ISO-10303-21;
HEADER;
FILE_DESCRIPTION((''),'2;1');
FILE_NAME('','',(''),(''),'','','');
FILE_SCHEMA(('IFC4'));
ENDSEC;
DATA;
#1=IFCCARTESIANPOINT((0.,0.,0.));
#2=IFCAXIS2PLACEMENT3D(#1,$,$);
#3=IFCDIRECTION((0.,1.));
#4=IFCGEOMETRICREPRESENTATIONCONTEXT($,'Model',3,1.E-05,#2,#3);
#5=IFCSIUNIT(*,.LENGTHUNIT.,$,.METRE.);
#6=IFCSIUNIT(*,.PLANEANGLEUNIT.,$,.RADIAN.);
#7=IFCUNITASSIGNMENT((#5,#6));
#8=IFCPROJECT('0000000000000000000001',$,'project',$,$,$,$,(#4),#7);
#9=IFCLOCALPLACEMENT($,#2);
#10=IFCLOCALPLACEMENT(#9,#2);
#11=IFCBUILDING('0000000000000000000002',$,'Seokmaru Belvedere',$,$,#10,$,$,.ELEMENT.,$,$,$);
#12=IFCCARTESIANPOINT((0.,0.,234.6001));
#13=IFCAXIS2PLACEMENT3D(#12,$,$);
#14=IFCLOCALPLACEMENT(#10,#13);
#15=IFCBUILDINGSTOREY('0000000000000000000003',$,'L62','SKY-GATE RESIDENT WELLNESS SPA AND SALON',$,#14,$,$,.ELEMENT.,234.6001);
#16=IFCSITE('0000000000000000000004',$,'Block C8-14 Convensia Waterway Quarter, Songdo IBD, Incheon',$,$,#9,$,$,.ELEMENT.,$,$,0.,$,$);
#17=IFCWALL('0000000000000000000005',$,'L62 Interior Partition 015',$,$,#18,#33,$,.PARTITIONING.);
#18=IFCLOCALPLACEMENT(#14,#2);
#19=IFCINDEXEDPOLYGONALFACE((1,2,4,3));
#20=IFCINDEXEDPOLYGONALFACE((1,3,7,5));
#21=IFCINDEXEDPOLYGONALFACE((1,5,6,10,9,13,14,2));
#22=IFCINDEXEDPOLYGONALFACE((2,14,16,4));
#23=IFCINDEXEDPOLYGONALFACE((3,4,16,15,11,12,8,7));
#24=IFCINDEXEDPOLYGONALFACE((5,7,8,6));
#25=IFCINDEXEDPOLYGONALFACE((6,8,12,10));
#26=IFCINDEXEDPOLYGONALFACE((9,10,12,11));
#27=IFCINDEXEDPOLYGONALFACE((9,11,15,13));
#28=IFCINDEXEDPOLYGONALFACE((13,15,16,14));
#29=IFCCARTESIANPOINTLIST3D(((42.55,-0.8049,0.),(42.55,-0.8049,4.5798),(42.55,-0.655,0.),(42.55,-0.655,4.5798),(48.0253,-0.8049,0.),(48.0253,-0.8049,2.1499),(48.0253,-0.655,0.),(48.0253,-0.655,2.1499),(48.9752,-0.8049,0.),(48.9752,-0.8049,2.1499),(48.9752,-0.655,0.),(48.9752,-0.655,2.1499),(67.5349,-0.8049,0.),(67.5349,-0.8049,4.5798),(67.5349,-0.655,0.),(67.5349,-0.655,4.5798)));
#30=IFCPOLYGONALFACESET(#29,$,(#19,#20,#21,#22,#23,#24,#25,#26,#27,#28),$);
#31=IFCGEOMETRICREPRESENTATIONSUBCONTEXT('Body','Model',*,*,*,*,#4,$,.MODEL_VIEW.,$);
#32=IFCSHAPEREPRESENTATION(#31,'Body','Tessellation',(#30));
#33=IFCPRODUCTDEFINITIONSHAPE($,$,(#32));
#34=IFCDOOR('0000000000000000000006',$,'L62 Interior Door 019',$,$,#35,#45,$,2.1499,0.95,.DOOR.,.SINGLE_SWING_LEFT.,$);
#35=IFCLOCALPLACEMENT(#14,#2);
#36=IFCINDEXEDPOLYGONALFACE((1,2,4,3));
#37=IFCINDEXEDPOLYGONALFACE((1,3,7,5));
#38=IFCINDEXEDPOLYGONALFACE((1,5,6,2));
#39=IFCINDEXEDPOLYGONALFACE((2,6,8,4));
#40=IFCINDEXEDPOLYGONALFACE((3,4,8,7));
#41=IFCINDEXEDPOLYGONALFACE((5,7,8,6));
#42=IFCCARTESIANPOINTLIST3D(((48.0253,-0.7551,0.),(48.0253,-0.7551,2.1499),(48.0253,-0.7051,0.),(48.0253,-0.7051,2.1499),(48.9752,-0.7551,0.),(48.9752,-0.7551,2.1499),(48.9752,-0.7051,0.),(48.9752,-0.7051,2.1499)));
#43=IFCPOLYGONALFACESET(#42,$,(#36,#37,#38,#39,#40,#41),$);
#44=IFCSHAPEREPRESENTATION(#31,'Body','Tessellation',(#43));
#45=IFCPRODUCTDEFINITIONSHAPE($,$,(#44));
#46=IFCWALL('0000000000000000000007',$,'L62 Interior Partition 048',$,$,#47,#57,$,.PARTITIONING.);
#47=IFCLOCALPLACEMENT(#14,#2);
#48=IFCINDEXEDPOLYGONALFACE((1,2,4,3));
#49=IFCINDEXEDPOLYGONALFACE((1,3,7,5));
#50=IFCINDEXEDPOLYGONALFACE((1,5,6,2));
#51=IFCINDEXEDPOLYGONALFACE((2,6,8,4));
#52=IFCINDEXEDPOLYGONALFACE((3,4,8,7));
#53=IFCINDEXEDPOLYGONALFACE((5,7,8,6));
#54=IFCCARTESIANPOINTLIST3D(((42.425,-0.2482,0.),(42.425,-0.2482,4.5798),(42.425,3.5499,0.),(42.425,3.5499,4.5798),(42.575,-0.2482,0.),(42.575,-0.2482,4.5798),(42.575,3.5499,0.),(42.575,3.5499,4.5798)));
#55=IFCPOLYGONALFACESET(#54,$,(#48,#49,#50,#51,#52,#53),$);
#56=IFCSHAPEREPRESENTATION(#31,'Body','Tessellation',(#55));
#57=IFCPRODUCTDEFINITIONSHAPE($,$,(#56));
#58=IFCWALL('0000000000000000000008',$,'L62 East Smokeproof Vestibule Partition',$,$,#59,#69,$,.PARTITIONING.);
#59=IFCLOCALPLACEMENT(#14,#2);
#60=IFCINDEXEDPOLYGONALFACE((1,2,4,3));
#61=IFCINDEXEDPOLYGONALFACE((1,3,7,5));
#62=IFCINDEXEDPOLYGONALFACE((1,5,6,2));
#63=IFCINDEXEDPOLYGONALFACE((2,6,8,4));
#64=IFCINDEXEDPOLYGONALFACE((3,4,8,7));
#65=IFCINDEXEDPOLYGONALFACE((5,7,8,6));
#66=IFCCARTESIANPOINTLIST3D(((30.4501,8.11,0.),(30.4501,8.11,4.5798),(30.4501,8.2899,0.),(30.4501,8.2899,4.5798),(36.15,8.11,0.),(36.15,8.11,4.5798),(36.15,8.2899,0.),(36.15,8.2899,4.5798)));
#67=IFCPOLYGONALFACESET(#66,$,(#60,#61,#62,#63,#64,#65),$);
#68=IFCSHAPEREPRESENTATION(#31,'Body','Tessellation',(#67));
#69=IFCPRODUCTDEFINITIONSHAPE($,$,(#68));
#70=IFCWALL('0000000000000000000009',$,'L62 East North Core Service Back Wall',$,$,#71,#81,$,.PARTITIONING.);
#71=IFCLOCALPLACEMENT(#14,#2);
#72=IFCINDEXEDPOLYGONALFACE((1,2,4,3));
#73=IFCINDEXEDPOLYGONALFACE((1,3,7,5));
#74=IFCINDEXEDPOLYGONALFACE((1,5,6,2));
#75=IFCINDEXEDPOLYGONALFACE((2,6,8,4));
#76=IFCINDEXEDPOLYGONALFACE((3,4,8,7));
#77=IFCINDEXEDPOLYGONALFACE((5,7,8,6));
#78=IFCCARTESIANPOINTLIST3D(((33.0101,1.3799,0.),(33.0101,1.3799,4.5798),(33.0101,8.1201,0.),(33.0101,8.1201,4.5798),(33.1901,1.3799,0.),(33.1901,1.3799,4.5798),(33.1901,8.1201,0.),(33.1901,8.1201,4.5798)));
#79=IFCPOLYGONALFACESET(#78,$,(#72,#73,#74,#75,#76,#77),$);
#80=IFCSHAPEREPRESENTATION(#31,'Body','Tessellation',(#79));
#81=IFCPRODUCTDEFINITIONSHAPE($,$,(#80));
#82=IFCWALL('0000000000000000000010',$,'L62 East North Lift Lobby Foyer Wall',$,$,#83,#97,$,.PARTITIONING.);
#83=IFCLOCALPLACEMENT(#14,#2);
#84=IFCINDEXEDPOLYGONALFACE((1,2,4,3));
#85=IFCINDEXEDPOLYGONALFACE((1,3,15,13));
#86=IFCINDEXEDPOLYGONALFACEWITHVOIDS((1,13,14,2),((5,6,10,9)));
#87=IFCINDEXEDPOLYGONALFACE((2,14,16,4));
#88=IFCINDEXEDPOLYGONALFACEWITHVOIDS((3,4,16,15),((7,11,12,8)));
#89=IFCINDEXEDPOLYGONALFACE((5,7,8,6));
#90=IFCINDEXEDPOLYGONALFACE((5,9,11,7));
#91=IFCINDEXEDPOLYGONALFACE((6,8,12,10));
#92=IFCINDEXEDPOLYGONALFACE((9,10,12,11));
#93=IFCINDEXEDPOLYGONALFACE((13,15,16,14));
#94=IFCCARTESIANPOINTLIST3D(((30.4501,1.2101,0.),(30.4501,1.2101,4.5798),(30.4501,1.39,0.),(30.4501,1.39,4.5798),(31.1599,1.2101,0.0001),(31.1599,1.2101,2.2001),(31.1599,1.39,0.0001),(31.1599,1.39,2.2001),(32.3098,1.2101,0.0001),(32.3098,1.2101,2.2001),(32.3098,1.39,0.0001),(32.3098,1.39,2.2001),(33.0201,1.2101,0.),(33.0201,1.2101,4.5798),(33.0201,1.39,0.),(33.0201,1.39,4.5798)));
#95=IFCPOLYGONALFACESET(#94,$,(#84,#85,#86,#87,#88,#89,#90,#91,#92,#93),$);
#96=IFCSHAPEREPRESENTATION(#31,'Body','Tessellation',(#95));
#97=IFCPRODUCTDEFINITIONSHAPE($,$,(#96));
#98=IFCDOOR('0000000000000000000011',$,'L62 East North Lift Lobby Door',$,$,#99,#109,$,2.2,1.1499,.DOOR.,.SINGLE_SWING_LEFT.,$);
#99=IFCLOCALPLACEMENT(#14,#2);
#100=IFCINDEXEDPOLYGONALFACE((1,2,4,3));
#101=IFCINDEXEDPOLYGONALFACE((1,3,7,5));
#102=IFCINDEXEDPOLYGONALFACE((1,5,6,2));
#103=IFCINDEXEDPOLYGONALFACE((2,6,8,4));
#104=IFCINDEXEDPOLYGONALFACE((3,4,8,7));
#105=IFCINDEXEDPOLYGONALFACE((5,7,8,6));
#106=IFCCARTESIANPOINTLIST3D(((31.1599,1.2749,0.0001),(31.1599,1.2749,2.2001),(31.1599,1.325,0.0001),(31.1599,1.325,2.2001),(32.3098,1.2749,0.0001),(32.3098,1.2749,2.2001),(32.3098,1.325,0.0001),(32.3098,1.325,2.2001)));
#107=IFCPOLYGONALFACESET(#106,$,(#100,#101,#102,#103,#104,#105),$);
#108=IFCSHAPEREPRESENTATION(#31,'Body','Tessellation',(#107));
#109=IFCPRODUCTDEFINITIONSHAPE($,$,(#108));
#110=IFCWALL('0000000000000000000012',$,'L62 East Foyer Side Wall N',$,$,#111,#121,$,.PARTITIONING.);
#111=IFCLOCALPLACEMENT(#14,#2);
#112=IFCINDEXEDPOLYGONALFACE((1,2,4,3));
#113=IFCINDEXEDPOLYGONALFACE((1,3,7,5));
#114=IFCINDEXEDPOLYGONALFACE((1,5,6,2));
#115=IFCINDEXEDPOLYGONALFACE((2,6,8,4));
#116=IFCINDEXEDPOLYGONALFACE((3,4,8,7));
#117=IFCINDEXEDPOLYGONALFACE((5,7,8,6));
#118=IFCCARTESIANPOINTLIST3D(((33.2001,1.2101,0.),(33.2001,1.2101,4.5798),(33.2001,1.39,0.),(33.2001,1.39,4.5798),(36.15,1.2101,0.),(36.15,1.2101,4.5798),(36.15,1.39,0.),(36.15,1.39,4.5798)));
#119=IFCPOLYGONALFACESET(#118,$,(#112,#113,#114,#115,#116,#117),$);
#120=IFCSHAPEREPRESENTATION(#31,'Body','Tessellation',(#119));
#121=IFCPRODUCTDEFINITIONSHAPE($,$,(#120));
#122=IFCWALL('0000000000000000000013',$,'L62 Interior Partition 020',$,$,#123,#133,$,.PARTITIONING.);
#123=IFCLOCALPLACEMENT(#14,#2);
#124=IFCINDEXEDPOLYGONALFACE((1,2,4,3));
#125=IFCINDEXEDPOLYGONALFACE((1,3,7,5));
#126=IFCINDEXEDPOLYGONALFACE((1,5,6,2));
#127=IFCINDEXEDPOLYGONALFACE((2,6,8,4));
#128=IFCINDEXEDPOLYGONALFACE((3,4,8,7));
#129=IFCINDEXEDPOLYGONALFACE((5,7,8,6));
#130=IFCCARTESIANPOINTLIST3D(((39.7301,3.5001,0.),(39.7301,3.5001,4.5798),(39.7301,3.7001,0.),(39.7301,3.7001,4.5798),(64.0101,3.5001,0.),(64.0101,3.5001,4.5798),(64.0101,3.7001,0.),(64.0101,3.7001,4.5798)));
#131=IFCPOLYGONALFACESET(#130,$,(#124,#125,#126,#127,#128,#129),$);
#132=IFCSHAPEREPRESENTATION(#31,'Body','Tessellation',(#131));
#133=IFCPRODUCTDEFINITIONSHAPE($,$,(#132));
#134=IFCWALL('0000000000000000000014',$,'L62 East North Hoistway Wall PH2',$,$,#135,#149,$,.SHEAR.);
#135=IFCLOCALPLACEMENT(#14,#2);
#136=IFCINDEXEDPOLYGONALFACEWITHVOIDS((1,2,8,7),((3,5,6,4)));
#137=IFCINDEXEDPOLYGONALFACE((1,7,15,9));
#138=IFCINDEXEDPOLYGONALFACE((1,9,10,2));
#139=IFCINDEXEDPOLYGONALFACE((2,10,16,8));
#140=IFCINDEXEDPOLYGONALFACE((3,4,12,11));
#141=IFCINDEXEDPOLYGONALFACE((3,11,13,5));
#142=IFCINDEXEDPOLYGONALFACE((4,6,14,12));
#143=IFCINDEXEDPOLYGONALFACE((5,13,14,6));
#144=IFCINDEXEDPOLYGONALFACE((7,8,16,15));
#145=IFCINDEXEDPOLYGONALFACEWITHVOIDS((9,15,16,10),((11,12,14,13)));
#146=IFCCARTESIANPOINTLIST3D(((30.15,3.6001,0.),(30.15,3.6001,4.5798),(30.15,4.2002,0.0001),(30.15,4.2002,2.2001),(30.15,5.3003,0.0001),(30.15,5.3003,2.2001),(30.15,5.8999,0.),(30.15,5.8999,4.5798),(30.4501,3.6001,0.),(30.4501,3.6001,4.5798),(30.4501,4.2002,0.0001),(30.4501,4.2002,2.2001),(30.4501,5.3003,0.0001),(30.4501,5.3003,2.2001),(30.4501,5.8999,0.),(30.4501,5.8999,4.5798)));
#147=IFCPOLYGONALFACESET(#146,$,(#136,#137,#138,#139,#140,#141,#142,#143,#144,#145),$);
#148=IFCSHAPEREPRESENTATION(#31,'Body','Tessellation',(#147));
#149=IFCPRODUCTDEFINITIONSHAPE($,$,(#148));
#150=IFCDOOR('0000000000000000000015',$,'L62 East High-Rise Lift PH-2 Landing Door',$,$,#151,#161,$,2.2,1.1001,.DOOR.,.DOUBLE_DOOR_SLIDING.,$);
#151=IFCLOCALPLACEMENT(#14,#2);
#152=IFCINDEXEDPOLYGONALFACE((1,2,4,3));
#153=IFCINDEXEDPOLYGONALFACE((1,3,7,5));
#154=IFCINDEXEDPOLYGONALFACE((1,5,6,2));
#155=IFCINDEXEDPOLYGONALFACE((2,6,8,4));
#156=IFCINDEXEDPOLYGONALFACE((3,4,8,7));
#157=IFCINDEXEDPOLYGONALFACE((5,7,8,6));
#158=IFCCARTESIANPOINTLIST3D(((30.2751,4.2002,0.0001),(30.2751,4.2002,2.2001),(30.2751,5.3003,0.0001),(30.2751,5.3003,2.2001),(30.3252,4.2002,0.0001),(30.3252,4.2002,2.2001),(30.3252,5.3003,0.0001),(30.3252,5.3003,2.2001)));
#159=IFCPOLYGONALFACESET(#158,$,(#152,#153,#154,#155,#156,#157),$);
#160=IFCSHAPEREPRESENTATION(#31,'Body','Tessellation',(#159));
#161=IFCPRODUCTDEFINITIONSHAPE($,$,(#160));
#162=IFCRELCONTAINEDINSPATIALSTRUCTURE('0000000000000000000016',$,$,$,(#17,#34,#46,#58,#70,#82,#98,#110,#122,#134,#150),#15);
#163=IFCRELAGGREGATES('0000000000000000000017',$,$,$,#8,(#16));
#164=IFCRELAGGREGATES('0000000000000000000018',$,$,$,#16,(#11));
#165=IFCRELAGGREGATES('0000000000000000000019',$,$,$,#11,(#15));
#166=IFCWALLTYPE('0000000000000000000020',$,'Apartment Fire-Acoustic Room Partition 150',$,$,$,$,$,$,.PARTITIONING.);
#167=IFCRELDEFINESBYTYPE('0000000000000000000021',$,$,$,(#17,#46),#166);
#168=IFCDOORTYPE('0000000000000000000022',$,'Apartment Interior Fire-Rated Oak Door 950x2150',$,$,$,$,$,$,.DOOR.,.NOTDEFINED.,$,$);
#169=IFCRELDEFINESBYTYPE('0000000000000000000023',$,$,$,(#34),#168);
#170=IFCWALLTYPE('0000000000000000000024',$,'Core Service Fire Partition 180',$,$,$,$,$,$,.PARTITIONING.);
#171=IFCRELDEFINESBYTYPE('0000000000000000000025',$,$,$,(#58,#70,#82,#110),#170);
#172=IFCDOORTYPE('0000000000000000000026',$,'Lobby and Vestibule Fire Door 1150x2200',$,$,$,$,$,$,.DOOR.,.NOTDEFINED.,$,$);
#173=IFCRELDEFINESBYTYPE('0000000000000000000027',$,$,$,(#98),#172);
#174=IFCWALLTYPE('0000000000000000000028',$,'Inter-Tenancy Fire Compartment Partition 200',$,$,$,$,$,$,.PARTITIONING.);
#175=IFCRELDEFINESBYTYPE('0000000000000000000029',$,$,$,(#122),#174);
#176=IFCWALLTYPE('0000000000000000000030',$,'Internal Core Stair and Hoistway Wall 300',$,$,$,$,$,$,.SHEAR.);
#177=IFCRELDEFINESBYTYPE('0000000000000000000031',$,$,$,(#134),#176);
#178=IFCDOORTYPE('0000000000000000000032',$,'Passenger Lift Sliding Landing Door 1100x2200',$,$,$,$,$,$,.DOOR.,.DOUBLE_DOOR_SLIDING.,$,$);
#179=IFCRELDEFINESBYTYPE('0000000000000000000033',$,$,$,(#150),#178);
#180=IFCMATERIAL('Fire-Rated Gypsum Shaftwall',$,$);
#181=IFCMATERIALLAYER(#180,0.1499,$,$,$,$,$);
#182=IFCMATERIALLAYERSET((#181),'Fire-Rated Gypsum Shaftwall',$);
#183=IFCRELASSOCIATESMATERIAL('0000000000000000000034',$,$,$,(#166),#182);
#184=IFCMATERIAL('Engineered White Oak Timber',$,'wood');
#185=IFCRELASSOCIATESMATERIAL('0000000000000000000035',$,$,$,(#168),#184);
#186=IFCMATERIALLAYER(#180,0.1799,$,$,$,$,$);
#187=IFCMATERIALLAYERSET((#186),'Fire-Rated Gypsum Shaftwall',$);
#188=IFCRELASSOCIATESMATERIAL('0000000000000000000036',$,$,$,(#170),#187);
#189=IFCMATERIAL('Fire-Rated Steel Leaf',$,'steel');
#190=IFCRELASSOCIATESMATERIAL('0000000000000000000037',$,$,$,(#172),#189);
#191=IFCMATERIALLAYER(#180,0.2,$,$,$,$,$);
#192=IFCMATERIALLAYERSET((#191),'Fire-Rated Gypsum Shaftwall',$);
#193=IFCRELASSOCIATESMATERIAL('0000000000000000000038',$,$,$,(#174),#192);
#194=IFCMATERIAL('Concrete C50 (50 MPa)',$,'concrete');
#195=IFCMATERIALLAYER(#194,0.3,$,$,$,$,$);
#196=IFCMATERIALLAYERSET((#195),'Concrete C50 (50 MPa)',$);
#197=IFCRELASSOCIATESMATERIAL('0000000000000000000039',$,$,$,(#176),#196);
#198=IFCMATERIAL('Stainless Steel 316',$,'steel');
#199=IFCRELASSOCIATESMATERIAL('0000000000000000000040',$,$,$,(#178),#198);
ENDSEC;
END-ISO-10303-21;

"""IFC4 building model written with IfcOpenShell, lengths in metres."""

from ifc_helpers import new_model, si_unit, direction, frame, frame_2d, origin, place, context, subcontext, project, spatial, rectangle, extrude, source, transform, mapped, material, layer, layer_set, type_object, type_shapes, element, fill, save


model = new_model("IFC4")

# Units and contexts
model_context = context("Model", 3, precision=1e-05, world=origin(), true_north=direction((0.0, 1.0)))
body_context = subcontext(model_context, "Body", "Model", "MODEL_VIEW")
ifc_project = project(units=[si_unit("LENGTHUNIT", "METRE"), si_unit("PLANEANGLEUNIT", "RADIAN")], contexts=[model_context])

# Site, building, storey
site_placement = place(None, origin())
site = spatial("IfcSite", under=ifc_project, at=site_placement, Name="Block C8-14 Convensia Waterway Quarter, Songdo IBD, Incheon", CompositionType="ELEMENT", RefElevation=0.0)
building_placement = place(site_placement, origin())
building = spatial("IfcBuilding", under=site, at=building_placement, Name="Seokmaru Belvedere", CompositionType="ELEMENT")
storey_placement = place(building_placement, frame((0.0, 0.0, 234.6001)))
storey = spatial("IfcBuildingStorey", under=building, at=storey_placement, Name="L62", Description="SKY-GATE RESIDENT WELLNESS SPA AND SALON", CompositionType="ELEMENT", Elevation=234.6001)

# Wall, opening, door
ifc_material_1 = material(Name="Fire-Rated Gypsum Shaftwall")
ifc_layer_1 = layer(ifc_material_1, 0.1499)
ifc_layer_set_1 = layer_set([ifc_layer_1], Name="Fire-Rated Gypsum Shaftwall")
wall_type_1 = type_object("IfcWallType", Name="Apartment Fire-Acoustic Room Partition 150", PredefinedType="PARTITIONING", material=ifc_layer_set_1)
wall_1_placement = place(storey_placement, frame((42.55, -0.73, 0.0), z_axis=(0.0, 0.0, 1.0), x_axis=(1.0, 0.0, 0.0)))
wall_1 = element("IfcWall", 1, at=wall_1_placement, inside=storey, type_object=wall_type_1, Name="L62 Interior Partition 015", PredefinedType="PARTITIONING", context=body_context, shape_type="SweptSolid", body=[
    extrude(rectangle(XDim=24.9849, YDim=0.1499, at=frame_2d((12.4924, 0.0))), origin(), (0.0, 0.0, 1.0), 4.5798),
])
opening_1_placement = place(wall_1_placement, frame((5.4751, 0.0, 0.0)))
opening_1 = element("IfcOpeningElement", 2, at=opening_1_placement, cuts=wall_1, PredefinedType="OPENING", context=body_context, shape_type="SweptSolid", body=[
    extrude(rectangle(XDim=0.95, YDim=2.1499, at=frame_2d((0.4751, 1.075))), frame((0.0, 0.085, 0.0), z_axis=(0.0, -1.0, 0.0), x_axis=(1.0, 0.0, 0.0)), (0.0, 0.0, 1.0), 0.1699),
])
ifc_material_2 = material(Name="Engineered White Oak Timber", Category="wood")
door_type_1 = type_object("IfcDoorType", Name="Apartment Interior Fire-Rated Oak Door 950x2150", OperationType="NOTDEFINED", PredefinedType="DOOR", material=ifc_material_2)
shared_shape_1 = source(origin(), body_context, "Body", "SweptSolid", [
    extrude(rectangle(XDim=0.95, YDim=2.1499, at=frame_2d((0.4751, 1.075))), frame((0.0, 0.0249, 0.0), z_axis=(0.0, -1.0, 0.0), x_axis=(1.0, 0.0, 0.0)), (0.0, 0.0, 1.0), 0.05),
])
type_shapes(door_type_1, [shared_shape_1])
door_1_placement = place(opening_1_placement, origin())
door_1 = element("IfcDoor", 3, at=door_1_placement, inside=storey, type_object=door_type_1, Name="L62 Interior Door 019", OperationType="SINGLE_SWING_LEFT", OverallHeight=2.1499, OverallWidth=0.95, PredefinedType="DOOR", context=body_context, shape_type="MappedRepresentation", body=[
    mapped(shared_shape_1, transform((0.0, 0.0, 0.0), scale=1.0)),
])
fill(opening_1, door_1)

# Walls
wall_2_placement = place(storey_placement, frame((42.5, -0.248, 0.0), z_axis=(0.0, 0.0, 1.0), x_axis=(0.0, 1.0, 0.0)))
element("IfcWall", 4, at=wall_2_placement, inside=storey, type_object=wall_type_1, Name="L62 Interior Partition 048", PredefinedType="PARTITIONING", context=body_context, shape_type="SweptSolid", body=[
    extrude(rectangle(XDim=3.7981, YDim=0.1499, at=frame_2d((1.8989, 0.0))), origin(), (0.0, 0.0, 1.0), 4.5798),
])
ifc_layer_2 = layer(ifc_material_1, 0.1799)
ifc_layer_set_2 = layer_set([ifc_layer_2], Name="Fire-Rated Gypsum Shaftwall")
wall_type_2 = type_object("IfcWallType", Name="Core Service Fire Partition 180", PredefinedType="PARTITIONING", material=ifc_layer_set_2)
wall_3_placement = place(storey_placement, frame((30.45, 8.2, 0.0), z_axis=(0.0, 0.0, 1.0), x_axis=(1.0, 0.0, 0.0)))
element("IfcWall", 5, at=wall_3_placement, inside=storey, type_object=wall_type_2, Name="L62 East Smokeproof Vestibule Partition", PredefinedType="PARTITIONING", context=body_context, shape_type="SweptSolid", body=[
    extrude(rectangle(XDim=5.7, YDim=0.1799, at=frame_2d((2.8501, 0.0))), origin(), (0.0, 0.0, 1.0), 4.5798),
])
wall_4_placement = place(storey_placement, frame((33.1001, 1.3799, 0.0), z_axis=(0.0, 0.0, 1.0), x_axis=(0.0, 1.0, 0.0)))
element("IfcWall", 6, at=wall_4_placement, inside=storey, type_object=wall_type_2, Name="L62 East North Core Service Back Wall", PredefinedType="PARTITIONING", context=body_context, shape_type="SweptSolid", body=[
    extrude(rectangle(XDim=6.7402, YDim=0.1799, at=frame_2d((3.3701, 0.0))), origin(), (0.0, 0.0, 1.0), 4.5798),
])

# Wall, opening, door
wall_5_placement = place(storey_placement, frame((30.45, 1.3, 0.0), z_axis=(0.0, 0.0, 1.0), x_axis=(1.0, 0.0, 0.0)))
wall_5 = element("IfcWall", 7, at=wall_5_placement, inside=storey, type_object=wall_type_2, Name="L62 East North Lift Lobby Foyer Wall", PredefinedType="PARTITIONING", context=body_context, shape_type="SweptSolid", body=[
    extrude(rectangle(XDim=2.5701, YDim=0.1799, at=frame_2d((1.2852, 0.0))), origin(), (0.0, 0.0, 1.0), 4.5798),
])
opening_2_placement = place(wall_5_placement, frame((0.71, 0.0, 0.0)))
opening_2 = element("IfcOpeningElement", 8, at=opening_2_placement, cuts=wall_5, PredefinedType="OPENING", context=body_context, shape_type="SweptSolid", body=[
    extrude(rectangle(XDim=1.1499, YDim=2.2, at=frame_2d((0.575, 1.1001))), frame((0.0, 0.1001, 0.0), z_axis=(0.0, -1.0, 0.0), x_axis=(1.0, 0.0, 0.0)), (0.0, 0.0, 1.0), 0.2),
])
ifc_material_3 = material(Name="Fire-Rated Steel Leaf", Category="steel")
door_type_2 = type_object("IfcDoorType", Name="Lobby and Vestibule Fire Door 1150x2200", OperationType="NOTDEFINED", PredefinedType="DOOR", material=ifc_material_3)
shared_shape_2 = source(origin(), body_context, "Body", "SweptSolid", [
    extrude(rectangle(XDim=1.1499, YDim=2.2, at=frame_2d((0.575, 1.1001))), frame((0.0, 0.0249, 0.0), z_axis=(0.0, -1.0, 0.0), x_axis=(1.0, 0.0, 0.0)), (0.0, 0.0, 1.0), 0.05),
])
type_shapes(door_type_2, [shared_shape_2])
door_2_placement = place(opening_2_placement, origin())
door_2 = element("IfcDoor", 9, at=door_2_placement, inside=storey, type_object=door_type_2, Name="L62 East North Lift Lobby Door", OperationType="SINGLE_SWING_LEFT", OverallHeight=2.2, OverallWidth=1.1499, PredefinedType="DOOR", context=body_context, shape_type="MappedRepresentation", body=[
    mapped(shared_shape_2, transform((0.0, 0.0, 0.0), scale=1.0)),
])
fill(opening_2, door_2)

# Walls
wall_6_placement = place(storey_placement, frame((33.2, 1.3, 0.0), z_axis=(0.0, 0.0, 1.0), x_axis=(1.0, 0.0, 0.0)))
element("IfcWall", 10, at=wall_6_placement, inside=storey, type_object=wall_type_2, Name="L62 East Foyer Side Wall N", PredefinedType="PARTITIONING", context=body_context, shape_type="SweptSolid", body=[
    extrude(rectangle(XDim=2.95, YDim=0.1799, at=frame_2d((1.4751, 0.0))), origin(), (0.0, 0.0, 1.0), 4.5798),
])
ifc_layer_3 = layer(ifc_material_1, 0.2)
ifc_layer_set_3 = layer_set([ifc_layer_3], Name="Fire-Rated Gypsum Shaftwall")
wall_type_3 = type_object("IfcWallType", Name="Inter-Tenancy Fire Compartment Partition 200", PredefinedType="PARTITIONING", material=ifc_layer_set_3)
wall_7_placement = place(storey_placement, frame((39.73, 3.6001, 0.0), z_axis=(0.0, 0.0, 1.0), x_axis=(1.0, 0.0, 0.0)))
element("IfcWall", 11, at=wall_7_placement, inside=storey, type_object=wall_type_3, Name="L62 Interior Partition 020", PredefinedType="PARTITIONING", context=body_context, shape_type="SweptSolid", body=[
    extrude(rectangle(XDim=24.28, YDim=0.2, at=frame_2d((12.1401, 0.0))), origin(), (0.0, 0.0, 1.0), 4.5798),
])

# Wall, opening, door
ifc_material_4 = material(Name="Concrete C50 (50 MPa)", Category="concrete")
ifc_layer_4 = layer(ifc_material_4, 0.3)
ifc_layer_set_4 = layer_set([ifc_layer_4], Name="Concrete C50 (50 MPa)")
wall_type_4 = type_object("IfcWallType", Name="Internal Core Stair and Hoistway Wall 300", PredefinedType="SHEAR", material=ifc_layer_set_4)
wall_8_placement = place(storey_placement, frame((30.3, 3.6001, 0.0), z_axis=(0.0, 0.0, 1.0), x_axis=(0.0, 1.0, 0.0)))
wall_8 = element("IfcWall", 12, at=wall_8_placement, inside=storey, type_object=wall_type_4, Name="L62 East North Hoistway Wall PH2", PredefinedType="SHEAR", context=body_context, shape_type="SweptSolid", body=[
    extrude(rectangle(XDim=2.2998, YDim=0.3, at=frame_2d((1.1499, 0.0))), origin(), (0.0, 0.0, 1.0), 4.5798),
])
opening_3_placement = place(wall_8_placement, frame((0.6001, 0.0, 0.0)))
opening_3 = element("IfcOpeningElement", 13, at=opening_3_placement, cuts=wall_8, PredefinedType="OPENING", context=body_context, shape_type="SweptSolid", body=[
    extrude(rectangle(XDim=1.1001, YDim=2.2, at=frame_2d((0.55, 1.1001))), frame((0.0, 0.1602, 0.0), z_axis=(0.0, -1.0, 0.0), x_axis=(1.0, 0.0, 0.0)), (0.0, 0.0, 1.0), 0.3201),
])
ifc_material_5 = material(Name="Stainless Steel 316", Category="steel")
door_type_3 = type_object("IfcDoorType", Name="Passenger Lift Sliding Landing Door 1100x2200", OperationType="DOUBLE_DOOR_SLIDING", PredefinedType="DOOR", material=ifc_material_5)
shared_shape_3 = source(origin(), body_context, "Body", "SweptSolid", [
    extrude(rectangle(XDim=1.1001, YDim=2.2, at=frame_2d((0.55, 1.1001))), frame((0.0, 0.0249, 0.0), z_axis=(0.0, -1.0, 0.0), x_axis=(1.0, 0.0, 0.0)), (0.0, 0.0, 1.0), 0.05),
])
type_shapes(door_type_3, [shared_shape_3])
door_3_placement = place(opening_3_placement, origin())
door_3 = element("IfcDoor", 14, at=door_3_placement, inside=storey, type_object=door_type_3, Name="L62 East High-Rise Lift PH-2 Landing Door", OperationType="DOUBLE_DOOR_SLIDING", OverallHeight=2.2, OverallWidth=1.1001, PredefinedType="DOOR", context=body_context, shape_type="MappedRepresentation", body=[
    mapped(shared_shape_3, transform((0.0, 0.0, 0.0), scale=1.0)),
])
fill(opening_3, door_3)

save(model, "model.ifc")
